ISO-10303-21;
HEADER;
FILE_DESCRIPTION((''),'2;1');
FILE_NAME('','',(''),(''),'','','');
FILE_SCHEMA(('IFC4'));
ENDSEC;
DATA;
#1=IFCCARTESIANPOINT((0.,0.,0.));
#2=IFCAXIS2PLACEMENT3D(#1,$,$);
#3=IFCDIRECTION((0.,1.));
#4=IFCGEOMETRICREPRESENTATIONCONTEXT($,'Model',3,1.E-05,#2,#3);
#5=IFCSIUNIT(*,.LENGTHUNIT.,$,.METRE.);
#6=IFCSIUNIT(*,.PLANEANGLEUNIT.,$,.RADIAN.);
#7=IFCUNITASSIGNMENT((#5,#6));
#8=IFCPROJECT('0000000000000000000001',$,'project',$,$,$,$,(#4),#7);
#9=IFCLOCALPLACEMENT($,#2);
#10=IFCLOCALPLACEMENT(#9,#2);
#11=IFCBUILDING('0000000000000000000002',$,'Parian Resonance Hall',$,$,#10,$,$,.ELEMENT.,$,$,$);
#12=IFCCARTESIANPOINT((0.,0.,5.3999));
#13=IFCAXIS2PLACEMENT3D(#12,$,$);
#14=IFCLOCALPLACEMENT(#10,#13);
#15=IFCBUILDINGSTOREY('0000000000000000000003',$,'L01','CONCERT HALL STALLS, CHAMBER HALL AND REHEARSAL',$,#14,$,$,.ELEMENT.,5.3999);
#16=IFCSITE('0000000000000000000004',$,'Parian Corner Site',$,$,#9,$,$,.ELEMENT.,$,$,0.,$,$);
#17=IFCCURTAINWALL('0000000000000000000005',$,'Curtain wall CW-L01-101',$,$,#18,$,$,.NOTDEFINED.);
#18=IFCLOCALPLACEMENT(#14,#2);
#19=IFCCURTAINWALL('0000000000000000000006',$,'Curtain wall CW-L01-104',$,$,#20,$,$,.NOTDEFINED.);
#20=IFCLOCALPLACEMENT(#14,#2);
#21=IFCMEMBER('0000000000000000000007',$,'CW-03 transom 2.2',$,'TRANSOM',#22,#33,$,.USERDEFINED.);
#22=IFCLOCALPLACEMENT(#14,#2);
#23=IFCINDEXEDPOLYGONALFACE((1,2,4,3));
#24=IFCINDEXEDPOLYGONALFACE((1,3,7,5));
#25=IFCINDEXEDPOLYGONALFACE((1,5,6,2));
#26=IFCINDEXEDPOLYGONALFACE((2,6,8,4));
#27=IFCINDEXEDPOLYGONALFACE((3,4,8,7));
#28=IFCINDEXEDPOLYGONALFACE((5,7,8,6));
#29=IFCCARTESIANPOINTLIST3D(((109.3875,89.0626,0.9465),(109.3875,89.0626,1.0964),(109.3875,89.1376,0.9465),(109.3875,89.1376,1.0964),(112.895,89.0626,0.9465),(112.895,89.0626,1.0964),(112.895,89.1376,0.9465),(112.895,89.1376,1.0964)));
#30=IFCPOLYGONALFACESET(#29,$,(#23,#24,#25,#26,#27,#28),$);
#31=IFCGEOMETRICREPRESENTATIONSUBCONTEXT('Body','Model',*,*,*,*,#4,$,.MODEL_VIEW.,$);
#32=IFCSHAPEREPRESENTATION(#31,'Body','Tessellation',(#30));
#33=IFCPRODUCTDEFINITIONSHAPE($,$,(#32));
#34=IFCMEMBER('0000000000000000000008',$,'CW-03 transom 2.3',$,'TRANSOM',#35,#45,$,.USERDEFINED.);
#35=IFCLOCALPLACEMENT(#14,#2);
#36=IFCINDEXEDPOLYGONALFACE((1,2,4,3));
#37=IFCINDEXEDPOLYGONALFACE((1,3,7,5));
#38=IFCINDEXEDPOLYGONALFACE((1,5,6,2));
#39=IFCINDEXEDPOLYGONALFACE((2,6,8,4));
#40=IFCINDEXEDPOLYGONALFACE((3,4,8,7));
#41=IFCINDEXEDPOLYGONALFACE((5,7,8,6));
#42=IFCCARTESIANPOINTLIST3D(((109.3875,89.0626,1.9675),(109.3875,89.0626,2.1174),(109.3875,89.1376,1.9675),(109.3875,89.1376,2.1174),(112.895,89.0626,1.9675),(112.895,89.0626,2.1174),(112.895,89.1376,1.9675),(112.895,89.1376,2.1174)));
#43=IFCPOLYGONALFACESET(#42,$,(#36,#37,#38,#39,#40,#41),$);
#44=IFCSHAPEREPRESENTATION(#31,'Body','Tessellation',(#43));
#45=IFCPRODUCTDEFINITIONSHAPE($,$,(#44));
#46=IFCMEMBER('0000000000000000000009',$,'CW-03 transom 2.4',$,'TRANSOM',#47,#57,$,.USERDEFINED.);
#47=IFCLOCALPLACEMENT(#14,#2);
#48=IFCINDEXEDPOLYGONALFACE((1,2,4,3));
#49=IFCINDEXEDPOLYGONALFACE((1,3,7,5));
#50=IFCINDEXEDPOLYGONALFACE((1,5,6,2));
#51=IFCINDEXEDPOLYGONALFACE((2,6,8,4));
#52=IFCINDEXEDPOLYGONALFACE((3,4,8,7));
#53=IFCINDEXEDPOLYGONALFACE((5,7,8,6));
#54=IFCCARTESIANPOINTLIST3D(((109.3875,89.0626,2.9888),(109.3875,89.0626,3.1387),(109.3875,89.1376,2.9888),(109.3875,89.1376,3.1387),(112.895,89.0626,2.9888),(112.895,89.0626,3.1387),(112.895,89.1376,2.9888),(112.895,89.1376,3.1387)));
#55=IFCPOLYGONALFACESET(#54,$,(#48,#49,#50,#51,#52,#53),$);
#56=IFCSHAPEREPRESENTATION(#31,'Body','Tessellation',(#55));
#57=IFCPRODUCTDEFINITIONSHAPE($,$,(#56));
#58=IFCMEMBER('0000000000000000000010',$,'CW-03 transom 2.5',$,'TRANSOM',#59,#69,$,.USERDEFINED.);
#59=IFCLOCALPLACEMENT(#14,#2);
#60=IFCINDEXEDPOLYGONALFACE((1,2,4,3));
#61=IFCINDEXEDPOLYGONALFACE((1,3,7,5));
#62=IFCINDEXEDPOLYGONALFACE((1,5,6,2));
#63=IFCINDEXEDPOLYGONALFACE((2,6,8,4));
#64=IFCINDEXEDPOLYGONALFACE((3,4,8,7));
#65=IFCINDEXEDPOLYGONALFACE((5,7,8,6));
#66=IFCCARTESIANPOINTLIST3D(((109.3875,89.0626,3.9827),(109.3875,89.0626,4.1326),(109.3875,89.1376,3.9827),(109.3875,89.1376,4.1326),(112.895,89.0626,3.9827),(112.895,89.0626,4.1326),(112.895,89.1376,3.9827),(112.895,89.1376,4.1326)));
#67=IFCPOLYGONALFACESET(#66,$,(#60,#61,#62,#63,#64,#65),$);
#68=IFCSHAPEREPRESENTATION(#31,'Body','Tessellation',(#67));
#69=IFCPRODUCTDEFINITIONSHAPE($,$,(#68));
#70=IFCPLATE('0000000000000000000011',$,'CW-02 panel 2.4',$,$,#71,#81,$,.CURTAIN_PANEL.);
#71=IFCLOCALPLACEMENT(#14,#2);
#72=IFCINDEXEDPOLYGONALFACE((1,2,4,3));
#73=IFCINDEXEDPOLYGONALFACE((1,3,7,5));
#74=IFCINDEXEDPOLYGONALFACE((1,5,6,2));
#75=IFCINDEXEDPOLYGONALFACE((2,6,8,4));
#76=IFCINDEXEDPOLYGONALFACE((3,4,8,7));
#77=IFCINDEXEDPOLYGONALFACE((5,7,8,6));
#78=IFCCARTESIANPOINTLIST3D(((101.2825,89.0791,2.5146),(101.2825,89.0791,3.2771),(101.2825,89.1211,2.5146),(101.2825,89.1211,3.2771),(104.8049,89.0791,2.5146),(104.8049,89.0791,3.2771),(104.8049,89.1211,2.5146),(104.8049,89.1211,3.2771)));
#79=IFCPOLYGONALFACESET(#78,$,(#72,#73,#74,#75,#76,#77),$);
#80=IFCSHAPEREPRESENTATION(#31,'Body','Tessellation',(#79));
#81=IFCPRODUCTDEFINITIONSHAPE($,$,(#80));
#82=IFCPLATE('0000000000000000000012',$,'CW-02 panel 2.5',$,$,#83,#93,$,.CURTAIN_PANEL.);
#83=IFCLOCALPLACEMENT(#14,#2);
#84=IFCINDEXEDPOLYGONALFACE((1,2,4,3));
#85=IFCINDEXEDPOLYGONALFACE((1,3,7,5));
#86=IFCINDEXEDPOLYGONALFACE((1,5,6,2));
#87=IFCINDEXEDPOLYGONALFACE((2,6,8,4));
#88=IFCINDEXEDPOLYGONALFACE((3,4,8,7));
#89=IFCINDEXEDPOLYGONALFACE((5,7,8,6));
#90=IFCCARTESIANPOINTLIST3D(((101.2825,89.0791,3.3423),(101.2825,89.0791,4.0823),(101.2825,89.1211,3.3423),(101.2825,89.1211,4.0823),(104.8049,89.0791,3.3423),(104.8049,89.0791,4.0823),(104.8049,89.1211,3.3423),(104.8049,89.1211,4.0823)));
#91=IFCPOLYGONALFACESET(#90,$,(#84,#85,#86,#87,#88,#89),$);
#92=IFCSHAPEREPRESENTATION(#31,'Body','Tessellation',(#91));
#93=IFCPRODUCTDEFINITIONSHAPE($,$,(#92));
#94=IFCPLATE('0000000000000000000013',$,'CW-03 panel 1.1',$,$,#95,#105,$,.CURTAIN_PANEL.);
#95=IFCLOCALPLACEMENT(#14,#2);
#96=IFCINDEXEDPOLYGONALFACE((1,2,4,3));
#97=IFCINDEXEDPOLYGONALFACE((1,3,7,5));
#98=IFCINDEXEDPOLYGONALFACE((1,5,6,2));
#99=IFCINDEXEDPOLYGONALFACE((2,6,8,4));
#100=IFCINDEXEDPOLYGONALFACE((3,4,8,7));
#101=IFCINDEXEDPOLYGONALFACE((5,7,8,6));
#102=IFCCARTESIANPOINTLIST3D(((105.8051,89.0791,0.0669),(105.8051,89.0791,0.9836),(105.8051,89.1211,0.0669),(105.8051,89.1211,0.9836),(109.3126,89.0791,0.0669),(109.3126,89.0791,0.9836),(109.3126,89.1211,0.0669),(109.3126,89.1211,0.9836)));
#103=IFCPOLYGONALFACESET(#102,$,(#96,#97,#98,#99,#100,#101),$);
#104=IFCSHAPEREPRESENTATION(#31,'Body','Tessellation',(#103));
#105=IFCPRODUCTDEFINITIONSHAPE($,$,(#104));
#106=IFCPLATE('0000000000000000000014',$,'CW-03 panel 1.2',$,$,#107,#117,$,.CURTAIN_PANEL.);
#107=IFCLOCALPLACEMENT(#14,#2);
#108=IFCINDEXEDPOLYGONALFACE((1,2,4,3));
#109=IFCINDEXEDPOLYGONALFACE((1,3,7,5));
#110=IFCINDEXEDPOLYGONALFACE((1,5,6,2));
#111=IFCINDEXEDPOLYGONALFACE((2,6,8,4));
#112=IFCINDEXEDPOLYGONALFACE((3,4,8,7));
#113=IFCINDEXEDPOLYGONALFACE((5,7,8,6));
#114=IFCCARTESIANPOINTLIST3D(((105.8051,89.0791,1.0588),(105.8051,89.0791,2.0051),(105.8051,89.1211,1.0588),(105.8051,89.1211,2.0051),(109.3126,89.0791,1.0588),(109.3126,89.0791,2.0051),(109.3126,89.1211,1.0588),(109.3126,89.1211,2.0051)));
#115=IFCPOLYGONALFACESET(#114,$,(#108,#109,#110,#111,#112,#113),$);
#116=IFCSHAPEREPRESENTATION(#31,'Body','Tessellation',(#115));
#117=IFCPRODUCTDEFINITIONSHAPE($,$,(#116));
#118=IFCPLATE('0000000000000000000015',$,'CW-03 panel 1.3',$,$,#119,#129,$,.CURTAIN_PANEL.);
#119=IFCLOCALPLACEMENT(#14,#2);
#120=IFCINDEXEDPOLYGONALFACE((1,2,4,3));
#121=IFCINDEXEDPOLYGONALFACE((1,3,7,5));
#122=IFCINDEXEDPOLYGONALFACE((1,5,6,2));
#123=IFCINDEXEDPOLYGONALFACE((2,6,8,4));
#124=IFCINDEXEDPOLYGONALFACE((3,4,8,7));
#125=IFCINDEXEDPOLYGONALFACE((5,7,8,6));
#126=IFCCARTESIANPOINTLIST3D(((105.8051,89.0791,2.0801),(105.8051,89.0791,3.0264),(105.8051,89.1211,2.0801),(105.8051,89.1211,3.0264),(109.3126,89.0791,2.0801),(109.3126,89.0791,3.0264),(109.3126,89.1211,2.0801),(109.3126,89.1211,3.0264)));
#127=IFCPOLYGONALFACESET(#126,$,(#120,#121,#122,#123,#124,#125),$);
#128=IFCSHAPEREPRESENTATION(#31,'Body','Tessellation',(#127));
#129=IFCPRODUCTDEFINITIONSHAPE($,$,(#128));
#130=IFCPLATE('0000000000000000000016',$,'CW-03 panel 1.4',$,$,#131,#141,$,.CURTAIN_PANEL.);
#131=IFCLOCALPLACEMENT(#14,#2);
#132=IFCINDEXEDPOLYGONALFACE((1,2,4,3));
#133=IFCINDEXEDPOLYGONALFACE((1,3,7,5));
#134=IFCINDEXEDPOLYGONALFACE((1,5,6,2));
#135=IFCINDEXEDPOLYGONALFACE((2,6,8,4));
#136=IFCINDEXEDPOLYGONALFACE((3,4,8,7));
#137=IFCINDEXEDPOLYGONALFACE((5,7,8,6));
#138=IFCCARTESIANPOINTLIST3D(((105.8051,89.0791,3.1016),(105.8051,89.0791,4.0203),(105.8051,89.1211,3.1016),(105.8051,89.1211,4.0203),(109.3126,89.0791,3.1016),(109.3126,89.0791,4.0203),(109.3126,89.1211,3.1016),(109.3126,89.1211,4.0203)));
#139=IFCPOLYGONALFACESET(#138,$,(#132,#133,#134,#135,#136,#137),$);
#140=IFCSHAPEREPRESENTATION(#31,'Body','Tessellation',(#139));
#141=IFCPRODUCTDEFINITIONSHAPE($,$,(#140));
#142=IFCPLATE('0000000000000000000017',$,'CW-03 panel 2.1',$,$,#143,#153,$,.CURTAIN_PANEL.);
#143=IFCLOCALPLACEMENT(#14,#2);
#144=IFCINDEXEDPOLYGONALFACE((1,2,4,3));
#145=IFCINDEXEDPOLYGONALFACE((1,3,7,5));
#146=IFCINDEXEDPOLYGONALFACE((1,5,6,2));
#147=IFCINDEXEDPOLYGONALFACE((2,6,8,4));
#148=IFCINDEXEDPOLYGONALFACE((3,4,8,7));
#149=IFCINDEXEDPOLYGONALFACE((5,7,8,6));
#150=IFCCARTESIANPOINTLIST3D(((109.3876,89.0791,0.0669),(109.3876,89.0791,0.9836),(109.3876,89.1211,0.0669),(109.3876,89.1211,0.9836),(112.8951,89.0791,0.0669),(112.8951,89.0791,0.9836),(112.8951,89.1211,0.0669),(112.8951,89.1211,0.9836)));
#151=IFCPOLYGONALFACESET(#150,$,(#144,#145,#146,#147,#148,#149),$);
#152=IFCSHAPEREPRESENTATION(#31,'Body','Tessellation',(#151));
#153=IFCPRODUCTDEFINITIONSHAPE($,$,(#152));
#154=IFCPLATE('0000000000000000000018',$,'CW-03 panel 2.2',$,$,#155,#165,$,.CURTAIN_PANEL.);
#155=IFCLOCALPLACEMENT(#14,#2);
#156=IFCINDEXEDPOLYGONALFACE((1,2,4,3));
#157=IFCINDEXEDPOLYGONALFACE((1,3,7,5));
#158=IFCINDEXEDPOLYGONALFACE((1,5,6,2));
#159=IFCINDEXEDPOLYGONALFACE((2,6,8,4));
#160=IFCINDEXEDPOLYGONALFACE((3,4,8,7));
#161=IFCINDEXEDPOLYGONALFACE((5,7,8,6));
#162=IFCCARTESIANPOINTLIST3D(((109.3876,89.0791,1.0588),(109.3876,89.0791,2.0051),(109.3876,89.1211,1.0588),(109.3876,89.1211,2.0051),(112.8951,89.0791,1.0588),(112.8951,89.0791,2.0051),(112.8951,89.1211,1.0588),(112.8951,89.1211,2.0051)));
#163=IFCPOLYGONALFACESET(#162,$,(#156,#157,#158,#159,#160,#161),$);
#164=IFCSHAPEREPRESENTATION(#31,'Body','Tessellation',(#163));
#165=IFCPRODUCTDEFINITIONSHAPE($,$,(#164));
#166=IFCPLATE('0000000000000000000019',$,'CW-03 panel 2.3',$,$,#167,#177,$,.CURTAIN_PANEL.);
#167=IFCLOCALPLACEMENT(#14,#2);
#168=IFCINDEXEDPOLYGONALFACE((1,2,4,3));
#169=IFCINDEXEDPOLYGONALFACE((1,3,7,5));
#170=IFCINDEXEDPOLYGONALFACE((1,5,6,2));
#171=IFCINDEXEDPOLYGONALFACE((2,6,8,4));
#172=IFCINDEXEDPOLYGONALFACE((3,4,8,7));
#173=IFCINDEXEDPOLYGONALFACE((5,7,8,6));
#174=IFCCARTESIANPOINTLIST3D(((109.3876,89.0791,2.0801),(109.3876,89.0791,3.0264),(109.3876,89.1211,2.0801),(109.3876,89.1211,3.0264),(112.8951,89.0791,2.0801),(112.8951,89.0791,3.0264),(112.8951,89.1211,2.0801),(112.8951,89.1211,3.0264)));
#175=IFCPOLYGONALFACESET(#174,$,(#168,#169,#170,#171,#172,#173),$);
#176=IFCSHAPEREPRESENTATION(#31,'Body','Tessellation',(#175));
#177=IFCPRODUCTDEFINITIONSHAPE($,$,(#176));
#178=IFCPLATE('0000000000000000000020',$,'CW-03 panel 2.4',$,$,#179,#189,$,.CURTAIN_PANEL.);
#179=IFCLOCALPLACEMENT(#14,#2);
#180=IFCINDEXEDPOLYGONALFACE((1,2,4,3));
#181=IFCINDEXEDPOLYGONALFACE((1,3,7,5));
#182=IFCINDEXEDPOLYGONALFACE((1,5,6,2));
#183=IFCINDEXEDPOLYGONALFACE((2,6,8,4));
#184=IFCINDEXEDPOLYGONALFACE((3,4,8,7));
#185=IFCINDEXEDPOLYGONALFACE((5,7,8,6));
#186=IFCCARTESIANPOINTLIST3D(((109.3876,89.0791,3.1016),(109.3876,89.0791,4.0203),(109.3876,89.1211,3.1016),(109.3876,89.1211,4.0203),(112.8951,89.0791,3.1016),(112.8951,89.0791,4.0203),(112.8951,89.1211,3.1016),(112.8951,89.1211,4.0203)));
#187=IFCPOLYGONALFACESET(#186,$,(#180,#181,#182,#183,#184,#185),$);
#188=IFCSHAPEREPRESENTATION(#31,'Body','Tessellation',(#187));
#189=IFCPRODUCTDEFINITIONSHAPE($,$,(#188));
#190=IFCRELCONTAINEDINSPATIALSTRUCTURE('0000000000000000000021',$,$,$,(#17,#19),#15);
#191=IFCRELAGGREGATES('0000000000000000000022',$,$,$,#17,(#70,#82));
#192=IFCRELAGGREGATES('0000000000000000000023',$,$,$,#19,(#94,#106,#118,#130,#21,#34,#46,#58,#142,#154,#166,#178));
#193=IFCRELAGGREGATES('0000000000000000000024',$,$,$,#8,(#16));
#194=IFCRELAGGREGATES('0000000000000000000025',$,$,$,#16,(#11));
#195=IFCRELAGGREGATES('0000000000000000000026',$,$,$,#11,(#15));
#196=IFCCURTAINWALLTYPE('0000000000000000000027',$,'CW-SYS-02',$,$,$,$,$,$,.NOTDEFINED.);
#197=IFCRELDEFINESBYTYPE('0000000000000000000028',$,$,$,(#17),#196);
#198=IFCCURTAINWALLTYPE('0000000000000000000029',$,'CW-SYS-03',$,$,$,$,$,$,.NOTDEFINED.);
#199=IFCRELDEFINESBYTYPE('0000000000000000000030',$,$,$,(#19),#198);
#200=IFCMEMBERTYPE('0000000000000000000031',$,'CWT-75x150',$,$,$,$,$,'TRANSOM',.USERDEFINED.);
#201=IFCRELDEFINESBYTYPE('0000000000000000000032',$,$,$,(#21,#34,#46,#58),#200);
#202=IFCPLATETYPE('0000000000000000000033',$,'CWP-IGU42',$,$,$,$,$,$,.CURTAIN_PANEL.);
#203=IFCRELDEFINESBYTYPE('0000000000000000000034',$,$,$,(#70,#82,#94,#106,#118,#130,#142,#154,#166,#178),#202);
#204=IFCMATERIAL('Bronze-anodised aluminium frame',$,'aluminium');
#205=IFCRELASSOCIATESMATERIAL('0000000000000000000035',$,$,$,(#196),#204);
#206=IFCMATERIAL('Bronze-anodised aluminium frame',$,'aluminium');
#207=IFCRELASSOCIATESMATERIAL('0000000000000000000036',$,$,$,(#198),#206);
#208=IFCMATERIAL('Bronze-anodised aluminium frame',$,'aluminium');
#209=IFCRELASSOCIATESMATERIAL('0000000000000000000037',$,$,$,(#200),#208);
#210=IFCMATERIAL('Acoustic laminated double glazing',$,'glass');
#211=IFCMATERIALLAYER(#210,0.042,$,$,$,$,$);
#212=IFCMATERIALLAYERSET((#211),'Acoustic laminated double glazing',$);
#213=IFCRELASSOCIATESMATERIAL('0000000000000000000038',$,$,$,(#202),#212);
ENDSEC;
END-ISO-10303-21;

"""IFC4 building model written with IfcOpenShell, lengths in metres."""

from ifc_helpers import new_model, si_unit, direction, frame, origin, origin_2d, place, context, subcontext, project, spatial, rectangle, extrude, material, layer, layer_set, material_profile, profile_set, type_object, element, aggregate, save


model = new_model("IFC4")

# Units and contexts
model_context = context("Model", 3, precision=1e-05, world=origin(), true_north=direction((0.0, 1.0)))
body_context = subcontext(model_context, "Body", "Model", "MODEL_VIEW")
ifc_project = project(units=[si_unit("LENGTHUNIT", "METRE"), si_unit("PLANEANGLEUNIT", "RADIAN")], contexts=[model_context])

# Site, building, storey
site_placement = place(None, origin())
site = spatial("IfcSite", under=ifc_project, at=site_placement, Name="Parian Corner Site", CompositionType="ELEMENT", RefElevation=0.0)
building_placement = place(site_placement, origin())
building = spatial("IfcBuilding", under=site, at=building_placement, Name="Parian Resonance Hall", CompositionType="ELEMENT")
storey_placement = place(building_placement, frame((0.0, 0.0, 5.3999)))
storey = spatial("IfcBuildingStorey", under=building, at=storey_placement, Name="L01", Description="CONCERT HALL STALLS, CHAMBER HALL AND REHEARSAL", CompositionType="ELEMENT", Elevation=5.3999)

# Curtain wall
ifc_material_1 = material(Name="Bronze-anodised aluminium frame", Category="aluminium")
curtain_wall_type_1 = type_object("IfcCurtainWallType", Name="CW-SYS-02", PredefinedType="NOTDEFINED", material=ifc_material_1)
curtain_wall_1_placement = place(storey_placement, origin())
curtain_wall_1 = element("IfcCurtainWall", 1, at=curtain_wall_1_placement, inside=storey, type_object=curtain_wall_type_1, Name="Curtain wall CW-L01-101", PredefinedType="NOTDEFINED")

# Curtain wall, members
ifc_material_2 = material(Name="Bronze-anodised aluminium frame", Category="aluminium")
curtain_wall_type_2 = type_object("IfcCurtainWallType", Name="CW-SYS-03", PredefinedType="NOTDEFINED", material=ifc_material_2)
curtain_wall_2_placement = place(storey_placement, origin())
curtain_wall_2 = element("IfcCurtainWall", 2, at=curtain_wall_2_placement, inside=storey, type_object=curtain_wall_type_2, Name="Curtain wall CW-L01-104", PredefinedType="NOTDEFINED")
ifc_material_3 = material(Name="Bronze-anodised aluminium frame", Category="aluminium")
ifc_material_profile_1 = material_profile(ifc_material_3, rectangle(XDim=0.075, YDim=0.1499, at=origin_2d()), Name="CWT-75x150")
ifc_profile_set_1 = profile_set([ifc_material_profile_1], Name="Bronze-anodised aluminium frame")
member_type_1 = type_object("IfcMemberType", Name="CWT-75x150", ElementType="TRANSOM", PredefinedType="USERDEFINED", material=ifc_profile_set_1)
member_1_placement = place(storey_placement, frame((109.3875, 89.1001, 1.0215), z_axis=(1.0, 0.0, 0.0), x_axis=(0.0, 1.0, 0.0)))
member_1 = element("IfcMember", 3, at=member_1_placement, type_object=member_type_1, Name="CW-03 transom 2.2", ObjectType="TRANSOM", PredefinedType="USERDEFINED", context=body_context, shape_type="SweptSolid", body=[
    extrude(rectangle(XDim=0.075, YDim=0.1499, at=origin_2d()), origin(), (0.0, 0.0, 1.0), 3.5076),
])
member_2_placement = place(storey_placement, frame((109.3875, 89.1001, 2.0425), z_axis=(1.0, 0.0, 0.0), x_axis=(0.0, 1.0, 0.0)))
member_2 = element("IfcMember", 4, at=member_2_placement, type_object=member_type_1, Name="CW-03 transom 2.3", ObjectType="TRANSOM", PredefinedType="USERDEFINED", context=body_context, shape_type="SweptSolid", body=[
    extrude(rectangle(XDim=0.075, YDim=0.1499, at=origin_2d()), origin(), (0.0, 0.0, 1.0), 3.5076),
])
member_3_placement = place(storey_placement, frame((109.3875, 89.1001, 3.0637), z_axis=(1.0, 0.0, 0.0), x_axis=(0.0, 1.0, 0.0)))
member_3 = element("IfcMember", 5, at=member_3_placement, type_object=member_type_1, Name="CW-03 transom 2.4", ObjectType="TRANSOM", PredefinedType="USERDEFINED", context=body_context, shape_type="SweptSolid", body=[
    extrude(rectangle(XDim=0.075, YDim=0.1499, at=origin_2d()), origin(), (0.0, 0.0, 1.0), 3.5076),
])
member_4_placement = place(storey_placement, frame((109.3875, 89.1001, 4.0576), z_axis=(1.0, 0.0, 0.0), x_axis=(0.0, 1.0, 0.0)))
member_4 = element("IfcMember", 6, at=member_4_placement, type_object=member_type_1, Name="CW-03 transom 2.5", ObjectType="TRANSOM", PredefinedType="USERDEFINED", context=body_context, shape_type="SweptSolid", body=[
    extrude(rectangle(XDim=0.075, YDim=0.1499, at=origin_2d()), origin(), (0.0, 0.0, 1.0), 3.5076),
])

# Plates
ifc_material_4 = material(Name="Acoustic laminated double glazing", Category="glass")
ifc_layer = layer(ifc_material_4, 0.042)
ifc_layer_set = layer_set([ifc_layer], Name="Acoustic laminated double glazing")
plate_type = type_object("IfcPlateType", Name="CWP-IGU42", PredefinedType="CURTAIN_PANEL", material=ifc_layer_set)
plate_1_placement = place(storey_placement, frame((103.0437, 89.1001, 2.5146), z_axis=(0.0, 0.0, 1.0), x_axis=(1.0, 0.0, 0.0)))
plate_1 = element("IfcPlate", 7, at=plate_1_placement, type_object=plate_type, Name="CW-02 panel 2.4", PredefinedType="CURTAIN_PANEL", context=body_context, shape_type="SweptSolid", body=[
    extrude(rectangle(XDim=3.5225, YDim=0.042, at=origin_2d()), origin(), (0.0, 0.0, 1.0), 0.7625),
])
plate_2_placement = place(storey_placement, frame((103.0437, 89.1001, 3.3423), z_axis=(0.0, 0.0, 1.0), x_axis=(1.0, 0.0, 0.0)))
plate_2 = element("IfcPlate", 8, at=plate_2_placement, type_object=plate_type, Name="CW-02 panel 2.5", PredefinedType="CURTAIN_PANEL", context=body_context, shape_type="SweptSolid", body=[
    extrude(rectangle(XDim=3.5225, YDim=0.042, at=origin_2d()), origin(), (0.0, 0.0, 1.0), 0.74),
])
aggregate(curtain_wall_1, [plate_1, plate_2])
plate_3_placement = place(storey_placement, frame((107.5588, 89.1001, 0.0669), z_axis=(0.0, 0.0, 1.0), x_axis=(1.0, 0.0, 0.0)))
plate_3 = element("IfcPlate", 9, at=plate_3_placement, type_object=plate_type, Name="CW-03 panel 1.1", PredefinedType="CURTAIN_PANEL", context=body_context, shape_type="SweptSolid", body=[
    extrude(rectangle(XDim=3.5076, YDim=0.042, at=origin_2d()), origin(), (0.0, 0.0, 1.0), 0.9167),
])
plate_4_placement = place(storey_placement, frame((107.5588, 89.1001, 1.0588), z_axis=(0.0, 0.0, 1.0), x_axis=(1.0, 0.0, 0.0)))
plate_4 = element("IfcPlate", 10, at=plate_4_placement, type_object=plate_type, Name="CW-03 panel 1.2", PredefinedType="CURTAIN_PANEL", context=body_context, shape_type="SweptSolid", body=[
    extrude(rectangle(XDim=3.5076, YDim=0.042, at=origin_2d()), origin(), (0.0, 0.0, 1.0), 0.9463),
])
plate_5_placement = place(storey_placement, frame((107.5588, 89.1001, 2.0801), z_axis=(0.0, 0.0, 1.0), x_axis=(1.0, 0.0, 0.0)))
plate_5 = element("IfcPlate", 11, at=plate_5_placement, type_object=plate_type, Name="CW-03 panel 1.3", PredefinedType="CURTAIN_PANEL", context=body_context, shape_type="SweptSolid", body=[
    extrude(rectangle(XDim=3.5076, YDim=0.042, at=origin_2d()), origin(), (0.0, 0.0, 1.0), 0.9463),
])
plate_6_placement = place(storey_placement, frame((107.5588, 89.1001, 3.1016), z_axis=(0.0, 0.0, 1.0), x_axis=(1.0, 0.0, 0.0)))
plate_6 = element("IfcPlate", 12, at=plate_6_placement, type_object=plate_type, Name="CW-03 panel 1.4", PredefinedType="CURTAIN_PANEL", context=body_context, shape_type="SweptSolid", body=[
    extrude(rectangle(XDim=3.5076, YDim=0.042, at=origin_2d()), origin(), (0.0, 0.0, 1.0), 0.9187),
])
plate_7_placement = place(storey_placement, frame((111.1414, 89.1001, 0.0669), z_axis=(0.0, 0.0, 1.0), x_axis=(1.0, 0.0, 0.0)))
plate_7 = element("IfcPlate", 13, at=plate_7_placement, type_object=plate_type, Name="CW-03 panel 2.1", PredefinedType="CURTAIN_PANEL", context=body_context, shape_type="SweptSolid", body=[
    extrude(rectangle(XDim=3.5076, YDim=0.042, at=origin_2d()), origin(), (0.0, 0.0, 1.0), 0.9167),
])
plate_8_placement = place(storey_placement, frame((111.1414, 89.1001, 1.0588), z_axis=(0.0, 0.0, 1.0), x_axis=(1.0, 0.0, 0.0)))
plate_8 = element("IfcPlate", 14, at=plate_8_placement, type_object=plate_type, Name="CW-03 panel 2.2", PredefinedType="CURTAIN_PANEL", context=body_context, shape_type="SweptSolid", body=[
    extrude(rectangle(XDim=3.5076, YDim=0.042, at=origin_2d()), origin(), (0.0, 0.0, 1.0), 0.9463),
])
plate_9_placement = place(storey_placement, frame((111.1414, 89.1001, 2.0801), z_axis=(0.0, 0.0, 1.0), x_axis=(1.0, 0.0, 0.0)))
plate_9 = element("IfcPlate", 15, at=plate_9_placement, type_object=plate_type, Name="CW-03 panel 2.3", PredefinedType="CURTAIN_PANEL", context=body_context, shape_type="SweptSolid", body=[
    extrude(rectangle(XDim=3.5076, YDim=0.042, at=origin_2d()), origin(), (0.0, 0.0, 1.0), 0.9463),
])
plate_10_placement = place(storey_placement, frame((111.1414, 89.1001, 3.1016), z_axis=(0.0, 0.0, 1.0), x_axis=(1.0, 0.0, 0.0)))
plate_10 = element("IfcPlate", 16, at=plate_10_placement, type_object=plate_type, Name="CW-03 panel 2.4", PredefinedType="CURTAIN_PANEL", context=body_context, shape_type="SweptSolid", body=[
    extrude(rectangle(XDim=3.5076, YDim=0.042, at=origin_2d()), origin(), (0.0, 0.0, 1.0), 0.9187),
])
aggregate(curtain_wall_2, [plate_3, plate_4, plate_5, plate_6, member_1, member_2, member_3, member_4, plate_7, plate_8, plate_9, plate_10])

save(model, "model.ifc")
